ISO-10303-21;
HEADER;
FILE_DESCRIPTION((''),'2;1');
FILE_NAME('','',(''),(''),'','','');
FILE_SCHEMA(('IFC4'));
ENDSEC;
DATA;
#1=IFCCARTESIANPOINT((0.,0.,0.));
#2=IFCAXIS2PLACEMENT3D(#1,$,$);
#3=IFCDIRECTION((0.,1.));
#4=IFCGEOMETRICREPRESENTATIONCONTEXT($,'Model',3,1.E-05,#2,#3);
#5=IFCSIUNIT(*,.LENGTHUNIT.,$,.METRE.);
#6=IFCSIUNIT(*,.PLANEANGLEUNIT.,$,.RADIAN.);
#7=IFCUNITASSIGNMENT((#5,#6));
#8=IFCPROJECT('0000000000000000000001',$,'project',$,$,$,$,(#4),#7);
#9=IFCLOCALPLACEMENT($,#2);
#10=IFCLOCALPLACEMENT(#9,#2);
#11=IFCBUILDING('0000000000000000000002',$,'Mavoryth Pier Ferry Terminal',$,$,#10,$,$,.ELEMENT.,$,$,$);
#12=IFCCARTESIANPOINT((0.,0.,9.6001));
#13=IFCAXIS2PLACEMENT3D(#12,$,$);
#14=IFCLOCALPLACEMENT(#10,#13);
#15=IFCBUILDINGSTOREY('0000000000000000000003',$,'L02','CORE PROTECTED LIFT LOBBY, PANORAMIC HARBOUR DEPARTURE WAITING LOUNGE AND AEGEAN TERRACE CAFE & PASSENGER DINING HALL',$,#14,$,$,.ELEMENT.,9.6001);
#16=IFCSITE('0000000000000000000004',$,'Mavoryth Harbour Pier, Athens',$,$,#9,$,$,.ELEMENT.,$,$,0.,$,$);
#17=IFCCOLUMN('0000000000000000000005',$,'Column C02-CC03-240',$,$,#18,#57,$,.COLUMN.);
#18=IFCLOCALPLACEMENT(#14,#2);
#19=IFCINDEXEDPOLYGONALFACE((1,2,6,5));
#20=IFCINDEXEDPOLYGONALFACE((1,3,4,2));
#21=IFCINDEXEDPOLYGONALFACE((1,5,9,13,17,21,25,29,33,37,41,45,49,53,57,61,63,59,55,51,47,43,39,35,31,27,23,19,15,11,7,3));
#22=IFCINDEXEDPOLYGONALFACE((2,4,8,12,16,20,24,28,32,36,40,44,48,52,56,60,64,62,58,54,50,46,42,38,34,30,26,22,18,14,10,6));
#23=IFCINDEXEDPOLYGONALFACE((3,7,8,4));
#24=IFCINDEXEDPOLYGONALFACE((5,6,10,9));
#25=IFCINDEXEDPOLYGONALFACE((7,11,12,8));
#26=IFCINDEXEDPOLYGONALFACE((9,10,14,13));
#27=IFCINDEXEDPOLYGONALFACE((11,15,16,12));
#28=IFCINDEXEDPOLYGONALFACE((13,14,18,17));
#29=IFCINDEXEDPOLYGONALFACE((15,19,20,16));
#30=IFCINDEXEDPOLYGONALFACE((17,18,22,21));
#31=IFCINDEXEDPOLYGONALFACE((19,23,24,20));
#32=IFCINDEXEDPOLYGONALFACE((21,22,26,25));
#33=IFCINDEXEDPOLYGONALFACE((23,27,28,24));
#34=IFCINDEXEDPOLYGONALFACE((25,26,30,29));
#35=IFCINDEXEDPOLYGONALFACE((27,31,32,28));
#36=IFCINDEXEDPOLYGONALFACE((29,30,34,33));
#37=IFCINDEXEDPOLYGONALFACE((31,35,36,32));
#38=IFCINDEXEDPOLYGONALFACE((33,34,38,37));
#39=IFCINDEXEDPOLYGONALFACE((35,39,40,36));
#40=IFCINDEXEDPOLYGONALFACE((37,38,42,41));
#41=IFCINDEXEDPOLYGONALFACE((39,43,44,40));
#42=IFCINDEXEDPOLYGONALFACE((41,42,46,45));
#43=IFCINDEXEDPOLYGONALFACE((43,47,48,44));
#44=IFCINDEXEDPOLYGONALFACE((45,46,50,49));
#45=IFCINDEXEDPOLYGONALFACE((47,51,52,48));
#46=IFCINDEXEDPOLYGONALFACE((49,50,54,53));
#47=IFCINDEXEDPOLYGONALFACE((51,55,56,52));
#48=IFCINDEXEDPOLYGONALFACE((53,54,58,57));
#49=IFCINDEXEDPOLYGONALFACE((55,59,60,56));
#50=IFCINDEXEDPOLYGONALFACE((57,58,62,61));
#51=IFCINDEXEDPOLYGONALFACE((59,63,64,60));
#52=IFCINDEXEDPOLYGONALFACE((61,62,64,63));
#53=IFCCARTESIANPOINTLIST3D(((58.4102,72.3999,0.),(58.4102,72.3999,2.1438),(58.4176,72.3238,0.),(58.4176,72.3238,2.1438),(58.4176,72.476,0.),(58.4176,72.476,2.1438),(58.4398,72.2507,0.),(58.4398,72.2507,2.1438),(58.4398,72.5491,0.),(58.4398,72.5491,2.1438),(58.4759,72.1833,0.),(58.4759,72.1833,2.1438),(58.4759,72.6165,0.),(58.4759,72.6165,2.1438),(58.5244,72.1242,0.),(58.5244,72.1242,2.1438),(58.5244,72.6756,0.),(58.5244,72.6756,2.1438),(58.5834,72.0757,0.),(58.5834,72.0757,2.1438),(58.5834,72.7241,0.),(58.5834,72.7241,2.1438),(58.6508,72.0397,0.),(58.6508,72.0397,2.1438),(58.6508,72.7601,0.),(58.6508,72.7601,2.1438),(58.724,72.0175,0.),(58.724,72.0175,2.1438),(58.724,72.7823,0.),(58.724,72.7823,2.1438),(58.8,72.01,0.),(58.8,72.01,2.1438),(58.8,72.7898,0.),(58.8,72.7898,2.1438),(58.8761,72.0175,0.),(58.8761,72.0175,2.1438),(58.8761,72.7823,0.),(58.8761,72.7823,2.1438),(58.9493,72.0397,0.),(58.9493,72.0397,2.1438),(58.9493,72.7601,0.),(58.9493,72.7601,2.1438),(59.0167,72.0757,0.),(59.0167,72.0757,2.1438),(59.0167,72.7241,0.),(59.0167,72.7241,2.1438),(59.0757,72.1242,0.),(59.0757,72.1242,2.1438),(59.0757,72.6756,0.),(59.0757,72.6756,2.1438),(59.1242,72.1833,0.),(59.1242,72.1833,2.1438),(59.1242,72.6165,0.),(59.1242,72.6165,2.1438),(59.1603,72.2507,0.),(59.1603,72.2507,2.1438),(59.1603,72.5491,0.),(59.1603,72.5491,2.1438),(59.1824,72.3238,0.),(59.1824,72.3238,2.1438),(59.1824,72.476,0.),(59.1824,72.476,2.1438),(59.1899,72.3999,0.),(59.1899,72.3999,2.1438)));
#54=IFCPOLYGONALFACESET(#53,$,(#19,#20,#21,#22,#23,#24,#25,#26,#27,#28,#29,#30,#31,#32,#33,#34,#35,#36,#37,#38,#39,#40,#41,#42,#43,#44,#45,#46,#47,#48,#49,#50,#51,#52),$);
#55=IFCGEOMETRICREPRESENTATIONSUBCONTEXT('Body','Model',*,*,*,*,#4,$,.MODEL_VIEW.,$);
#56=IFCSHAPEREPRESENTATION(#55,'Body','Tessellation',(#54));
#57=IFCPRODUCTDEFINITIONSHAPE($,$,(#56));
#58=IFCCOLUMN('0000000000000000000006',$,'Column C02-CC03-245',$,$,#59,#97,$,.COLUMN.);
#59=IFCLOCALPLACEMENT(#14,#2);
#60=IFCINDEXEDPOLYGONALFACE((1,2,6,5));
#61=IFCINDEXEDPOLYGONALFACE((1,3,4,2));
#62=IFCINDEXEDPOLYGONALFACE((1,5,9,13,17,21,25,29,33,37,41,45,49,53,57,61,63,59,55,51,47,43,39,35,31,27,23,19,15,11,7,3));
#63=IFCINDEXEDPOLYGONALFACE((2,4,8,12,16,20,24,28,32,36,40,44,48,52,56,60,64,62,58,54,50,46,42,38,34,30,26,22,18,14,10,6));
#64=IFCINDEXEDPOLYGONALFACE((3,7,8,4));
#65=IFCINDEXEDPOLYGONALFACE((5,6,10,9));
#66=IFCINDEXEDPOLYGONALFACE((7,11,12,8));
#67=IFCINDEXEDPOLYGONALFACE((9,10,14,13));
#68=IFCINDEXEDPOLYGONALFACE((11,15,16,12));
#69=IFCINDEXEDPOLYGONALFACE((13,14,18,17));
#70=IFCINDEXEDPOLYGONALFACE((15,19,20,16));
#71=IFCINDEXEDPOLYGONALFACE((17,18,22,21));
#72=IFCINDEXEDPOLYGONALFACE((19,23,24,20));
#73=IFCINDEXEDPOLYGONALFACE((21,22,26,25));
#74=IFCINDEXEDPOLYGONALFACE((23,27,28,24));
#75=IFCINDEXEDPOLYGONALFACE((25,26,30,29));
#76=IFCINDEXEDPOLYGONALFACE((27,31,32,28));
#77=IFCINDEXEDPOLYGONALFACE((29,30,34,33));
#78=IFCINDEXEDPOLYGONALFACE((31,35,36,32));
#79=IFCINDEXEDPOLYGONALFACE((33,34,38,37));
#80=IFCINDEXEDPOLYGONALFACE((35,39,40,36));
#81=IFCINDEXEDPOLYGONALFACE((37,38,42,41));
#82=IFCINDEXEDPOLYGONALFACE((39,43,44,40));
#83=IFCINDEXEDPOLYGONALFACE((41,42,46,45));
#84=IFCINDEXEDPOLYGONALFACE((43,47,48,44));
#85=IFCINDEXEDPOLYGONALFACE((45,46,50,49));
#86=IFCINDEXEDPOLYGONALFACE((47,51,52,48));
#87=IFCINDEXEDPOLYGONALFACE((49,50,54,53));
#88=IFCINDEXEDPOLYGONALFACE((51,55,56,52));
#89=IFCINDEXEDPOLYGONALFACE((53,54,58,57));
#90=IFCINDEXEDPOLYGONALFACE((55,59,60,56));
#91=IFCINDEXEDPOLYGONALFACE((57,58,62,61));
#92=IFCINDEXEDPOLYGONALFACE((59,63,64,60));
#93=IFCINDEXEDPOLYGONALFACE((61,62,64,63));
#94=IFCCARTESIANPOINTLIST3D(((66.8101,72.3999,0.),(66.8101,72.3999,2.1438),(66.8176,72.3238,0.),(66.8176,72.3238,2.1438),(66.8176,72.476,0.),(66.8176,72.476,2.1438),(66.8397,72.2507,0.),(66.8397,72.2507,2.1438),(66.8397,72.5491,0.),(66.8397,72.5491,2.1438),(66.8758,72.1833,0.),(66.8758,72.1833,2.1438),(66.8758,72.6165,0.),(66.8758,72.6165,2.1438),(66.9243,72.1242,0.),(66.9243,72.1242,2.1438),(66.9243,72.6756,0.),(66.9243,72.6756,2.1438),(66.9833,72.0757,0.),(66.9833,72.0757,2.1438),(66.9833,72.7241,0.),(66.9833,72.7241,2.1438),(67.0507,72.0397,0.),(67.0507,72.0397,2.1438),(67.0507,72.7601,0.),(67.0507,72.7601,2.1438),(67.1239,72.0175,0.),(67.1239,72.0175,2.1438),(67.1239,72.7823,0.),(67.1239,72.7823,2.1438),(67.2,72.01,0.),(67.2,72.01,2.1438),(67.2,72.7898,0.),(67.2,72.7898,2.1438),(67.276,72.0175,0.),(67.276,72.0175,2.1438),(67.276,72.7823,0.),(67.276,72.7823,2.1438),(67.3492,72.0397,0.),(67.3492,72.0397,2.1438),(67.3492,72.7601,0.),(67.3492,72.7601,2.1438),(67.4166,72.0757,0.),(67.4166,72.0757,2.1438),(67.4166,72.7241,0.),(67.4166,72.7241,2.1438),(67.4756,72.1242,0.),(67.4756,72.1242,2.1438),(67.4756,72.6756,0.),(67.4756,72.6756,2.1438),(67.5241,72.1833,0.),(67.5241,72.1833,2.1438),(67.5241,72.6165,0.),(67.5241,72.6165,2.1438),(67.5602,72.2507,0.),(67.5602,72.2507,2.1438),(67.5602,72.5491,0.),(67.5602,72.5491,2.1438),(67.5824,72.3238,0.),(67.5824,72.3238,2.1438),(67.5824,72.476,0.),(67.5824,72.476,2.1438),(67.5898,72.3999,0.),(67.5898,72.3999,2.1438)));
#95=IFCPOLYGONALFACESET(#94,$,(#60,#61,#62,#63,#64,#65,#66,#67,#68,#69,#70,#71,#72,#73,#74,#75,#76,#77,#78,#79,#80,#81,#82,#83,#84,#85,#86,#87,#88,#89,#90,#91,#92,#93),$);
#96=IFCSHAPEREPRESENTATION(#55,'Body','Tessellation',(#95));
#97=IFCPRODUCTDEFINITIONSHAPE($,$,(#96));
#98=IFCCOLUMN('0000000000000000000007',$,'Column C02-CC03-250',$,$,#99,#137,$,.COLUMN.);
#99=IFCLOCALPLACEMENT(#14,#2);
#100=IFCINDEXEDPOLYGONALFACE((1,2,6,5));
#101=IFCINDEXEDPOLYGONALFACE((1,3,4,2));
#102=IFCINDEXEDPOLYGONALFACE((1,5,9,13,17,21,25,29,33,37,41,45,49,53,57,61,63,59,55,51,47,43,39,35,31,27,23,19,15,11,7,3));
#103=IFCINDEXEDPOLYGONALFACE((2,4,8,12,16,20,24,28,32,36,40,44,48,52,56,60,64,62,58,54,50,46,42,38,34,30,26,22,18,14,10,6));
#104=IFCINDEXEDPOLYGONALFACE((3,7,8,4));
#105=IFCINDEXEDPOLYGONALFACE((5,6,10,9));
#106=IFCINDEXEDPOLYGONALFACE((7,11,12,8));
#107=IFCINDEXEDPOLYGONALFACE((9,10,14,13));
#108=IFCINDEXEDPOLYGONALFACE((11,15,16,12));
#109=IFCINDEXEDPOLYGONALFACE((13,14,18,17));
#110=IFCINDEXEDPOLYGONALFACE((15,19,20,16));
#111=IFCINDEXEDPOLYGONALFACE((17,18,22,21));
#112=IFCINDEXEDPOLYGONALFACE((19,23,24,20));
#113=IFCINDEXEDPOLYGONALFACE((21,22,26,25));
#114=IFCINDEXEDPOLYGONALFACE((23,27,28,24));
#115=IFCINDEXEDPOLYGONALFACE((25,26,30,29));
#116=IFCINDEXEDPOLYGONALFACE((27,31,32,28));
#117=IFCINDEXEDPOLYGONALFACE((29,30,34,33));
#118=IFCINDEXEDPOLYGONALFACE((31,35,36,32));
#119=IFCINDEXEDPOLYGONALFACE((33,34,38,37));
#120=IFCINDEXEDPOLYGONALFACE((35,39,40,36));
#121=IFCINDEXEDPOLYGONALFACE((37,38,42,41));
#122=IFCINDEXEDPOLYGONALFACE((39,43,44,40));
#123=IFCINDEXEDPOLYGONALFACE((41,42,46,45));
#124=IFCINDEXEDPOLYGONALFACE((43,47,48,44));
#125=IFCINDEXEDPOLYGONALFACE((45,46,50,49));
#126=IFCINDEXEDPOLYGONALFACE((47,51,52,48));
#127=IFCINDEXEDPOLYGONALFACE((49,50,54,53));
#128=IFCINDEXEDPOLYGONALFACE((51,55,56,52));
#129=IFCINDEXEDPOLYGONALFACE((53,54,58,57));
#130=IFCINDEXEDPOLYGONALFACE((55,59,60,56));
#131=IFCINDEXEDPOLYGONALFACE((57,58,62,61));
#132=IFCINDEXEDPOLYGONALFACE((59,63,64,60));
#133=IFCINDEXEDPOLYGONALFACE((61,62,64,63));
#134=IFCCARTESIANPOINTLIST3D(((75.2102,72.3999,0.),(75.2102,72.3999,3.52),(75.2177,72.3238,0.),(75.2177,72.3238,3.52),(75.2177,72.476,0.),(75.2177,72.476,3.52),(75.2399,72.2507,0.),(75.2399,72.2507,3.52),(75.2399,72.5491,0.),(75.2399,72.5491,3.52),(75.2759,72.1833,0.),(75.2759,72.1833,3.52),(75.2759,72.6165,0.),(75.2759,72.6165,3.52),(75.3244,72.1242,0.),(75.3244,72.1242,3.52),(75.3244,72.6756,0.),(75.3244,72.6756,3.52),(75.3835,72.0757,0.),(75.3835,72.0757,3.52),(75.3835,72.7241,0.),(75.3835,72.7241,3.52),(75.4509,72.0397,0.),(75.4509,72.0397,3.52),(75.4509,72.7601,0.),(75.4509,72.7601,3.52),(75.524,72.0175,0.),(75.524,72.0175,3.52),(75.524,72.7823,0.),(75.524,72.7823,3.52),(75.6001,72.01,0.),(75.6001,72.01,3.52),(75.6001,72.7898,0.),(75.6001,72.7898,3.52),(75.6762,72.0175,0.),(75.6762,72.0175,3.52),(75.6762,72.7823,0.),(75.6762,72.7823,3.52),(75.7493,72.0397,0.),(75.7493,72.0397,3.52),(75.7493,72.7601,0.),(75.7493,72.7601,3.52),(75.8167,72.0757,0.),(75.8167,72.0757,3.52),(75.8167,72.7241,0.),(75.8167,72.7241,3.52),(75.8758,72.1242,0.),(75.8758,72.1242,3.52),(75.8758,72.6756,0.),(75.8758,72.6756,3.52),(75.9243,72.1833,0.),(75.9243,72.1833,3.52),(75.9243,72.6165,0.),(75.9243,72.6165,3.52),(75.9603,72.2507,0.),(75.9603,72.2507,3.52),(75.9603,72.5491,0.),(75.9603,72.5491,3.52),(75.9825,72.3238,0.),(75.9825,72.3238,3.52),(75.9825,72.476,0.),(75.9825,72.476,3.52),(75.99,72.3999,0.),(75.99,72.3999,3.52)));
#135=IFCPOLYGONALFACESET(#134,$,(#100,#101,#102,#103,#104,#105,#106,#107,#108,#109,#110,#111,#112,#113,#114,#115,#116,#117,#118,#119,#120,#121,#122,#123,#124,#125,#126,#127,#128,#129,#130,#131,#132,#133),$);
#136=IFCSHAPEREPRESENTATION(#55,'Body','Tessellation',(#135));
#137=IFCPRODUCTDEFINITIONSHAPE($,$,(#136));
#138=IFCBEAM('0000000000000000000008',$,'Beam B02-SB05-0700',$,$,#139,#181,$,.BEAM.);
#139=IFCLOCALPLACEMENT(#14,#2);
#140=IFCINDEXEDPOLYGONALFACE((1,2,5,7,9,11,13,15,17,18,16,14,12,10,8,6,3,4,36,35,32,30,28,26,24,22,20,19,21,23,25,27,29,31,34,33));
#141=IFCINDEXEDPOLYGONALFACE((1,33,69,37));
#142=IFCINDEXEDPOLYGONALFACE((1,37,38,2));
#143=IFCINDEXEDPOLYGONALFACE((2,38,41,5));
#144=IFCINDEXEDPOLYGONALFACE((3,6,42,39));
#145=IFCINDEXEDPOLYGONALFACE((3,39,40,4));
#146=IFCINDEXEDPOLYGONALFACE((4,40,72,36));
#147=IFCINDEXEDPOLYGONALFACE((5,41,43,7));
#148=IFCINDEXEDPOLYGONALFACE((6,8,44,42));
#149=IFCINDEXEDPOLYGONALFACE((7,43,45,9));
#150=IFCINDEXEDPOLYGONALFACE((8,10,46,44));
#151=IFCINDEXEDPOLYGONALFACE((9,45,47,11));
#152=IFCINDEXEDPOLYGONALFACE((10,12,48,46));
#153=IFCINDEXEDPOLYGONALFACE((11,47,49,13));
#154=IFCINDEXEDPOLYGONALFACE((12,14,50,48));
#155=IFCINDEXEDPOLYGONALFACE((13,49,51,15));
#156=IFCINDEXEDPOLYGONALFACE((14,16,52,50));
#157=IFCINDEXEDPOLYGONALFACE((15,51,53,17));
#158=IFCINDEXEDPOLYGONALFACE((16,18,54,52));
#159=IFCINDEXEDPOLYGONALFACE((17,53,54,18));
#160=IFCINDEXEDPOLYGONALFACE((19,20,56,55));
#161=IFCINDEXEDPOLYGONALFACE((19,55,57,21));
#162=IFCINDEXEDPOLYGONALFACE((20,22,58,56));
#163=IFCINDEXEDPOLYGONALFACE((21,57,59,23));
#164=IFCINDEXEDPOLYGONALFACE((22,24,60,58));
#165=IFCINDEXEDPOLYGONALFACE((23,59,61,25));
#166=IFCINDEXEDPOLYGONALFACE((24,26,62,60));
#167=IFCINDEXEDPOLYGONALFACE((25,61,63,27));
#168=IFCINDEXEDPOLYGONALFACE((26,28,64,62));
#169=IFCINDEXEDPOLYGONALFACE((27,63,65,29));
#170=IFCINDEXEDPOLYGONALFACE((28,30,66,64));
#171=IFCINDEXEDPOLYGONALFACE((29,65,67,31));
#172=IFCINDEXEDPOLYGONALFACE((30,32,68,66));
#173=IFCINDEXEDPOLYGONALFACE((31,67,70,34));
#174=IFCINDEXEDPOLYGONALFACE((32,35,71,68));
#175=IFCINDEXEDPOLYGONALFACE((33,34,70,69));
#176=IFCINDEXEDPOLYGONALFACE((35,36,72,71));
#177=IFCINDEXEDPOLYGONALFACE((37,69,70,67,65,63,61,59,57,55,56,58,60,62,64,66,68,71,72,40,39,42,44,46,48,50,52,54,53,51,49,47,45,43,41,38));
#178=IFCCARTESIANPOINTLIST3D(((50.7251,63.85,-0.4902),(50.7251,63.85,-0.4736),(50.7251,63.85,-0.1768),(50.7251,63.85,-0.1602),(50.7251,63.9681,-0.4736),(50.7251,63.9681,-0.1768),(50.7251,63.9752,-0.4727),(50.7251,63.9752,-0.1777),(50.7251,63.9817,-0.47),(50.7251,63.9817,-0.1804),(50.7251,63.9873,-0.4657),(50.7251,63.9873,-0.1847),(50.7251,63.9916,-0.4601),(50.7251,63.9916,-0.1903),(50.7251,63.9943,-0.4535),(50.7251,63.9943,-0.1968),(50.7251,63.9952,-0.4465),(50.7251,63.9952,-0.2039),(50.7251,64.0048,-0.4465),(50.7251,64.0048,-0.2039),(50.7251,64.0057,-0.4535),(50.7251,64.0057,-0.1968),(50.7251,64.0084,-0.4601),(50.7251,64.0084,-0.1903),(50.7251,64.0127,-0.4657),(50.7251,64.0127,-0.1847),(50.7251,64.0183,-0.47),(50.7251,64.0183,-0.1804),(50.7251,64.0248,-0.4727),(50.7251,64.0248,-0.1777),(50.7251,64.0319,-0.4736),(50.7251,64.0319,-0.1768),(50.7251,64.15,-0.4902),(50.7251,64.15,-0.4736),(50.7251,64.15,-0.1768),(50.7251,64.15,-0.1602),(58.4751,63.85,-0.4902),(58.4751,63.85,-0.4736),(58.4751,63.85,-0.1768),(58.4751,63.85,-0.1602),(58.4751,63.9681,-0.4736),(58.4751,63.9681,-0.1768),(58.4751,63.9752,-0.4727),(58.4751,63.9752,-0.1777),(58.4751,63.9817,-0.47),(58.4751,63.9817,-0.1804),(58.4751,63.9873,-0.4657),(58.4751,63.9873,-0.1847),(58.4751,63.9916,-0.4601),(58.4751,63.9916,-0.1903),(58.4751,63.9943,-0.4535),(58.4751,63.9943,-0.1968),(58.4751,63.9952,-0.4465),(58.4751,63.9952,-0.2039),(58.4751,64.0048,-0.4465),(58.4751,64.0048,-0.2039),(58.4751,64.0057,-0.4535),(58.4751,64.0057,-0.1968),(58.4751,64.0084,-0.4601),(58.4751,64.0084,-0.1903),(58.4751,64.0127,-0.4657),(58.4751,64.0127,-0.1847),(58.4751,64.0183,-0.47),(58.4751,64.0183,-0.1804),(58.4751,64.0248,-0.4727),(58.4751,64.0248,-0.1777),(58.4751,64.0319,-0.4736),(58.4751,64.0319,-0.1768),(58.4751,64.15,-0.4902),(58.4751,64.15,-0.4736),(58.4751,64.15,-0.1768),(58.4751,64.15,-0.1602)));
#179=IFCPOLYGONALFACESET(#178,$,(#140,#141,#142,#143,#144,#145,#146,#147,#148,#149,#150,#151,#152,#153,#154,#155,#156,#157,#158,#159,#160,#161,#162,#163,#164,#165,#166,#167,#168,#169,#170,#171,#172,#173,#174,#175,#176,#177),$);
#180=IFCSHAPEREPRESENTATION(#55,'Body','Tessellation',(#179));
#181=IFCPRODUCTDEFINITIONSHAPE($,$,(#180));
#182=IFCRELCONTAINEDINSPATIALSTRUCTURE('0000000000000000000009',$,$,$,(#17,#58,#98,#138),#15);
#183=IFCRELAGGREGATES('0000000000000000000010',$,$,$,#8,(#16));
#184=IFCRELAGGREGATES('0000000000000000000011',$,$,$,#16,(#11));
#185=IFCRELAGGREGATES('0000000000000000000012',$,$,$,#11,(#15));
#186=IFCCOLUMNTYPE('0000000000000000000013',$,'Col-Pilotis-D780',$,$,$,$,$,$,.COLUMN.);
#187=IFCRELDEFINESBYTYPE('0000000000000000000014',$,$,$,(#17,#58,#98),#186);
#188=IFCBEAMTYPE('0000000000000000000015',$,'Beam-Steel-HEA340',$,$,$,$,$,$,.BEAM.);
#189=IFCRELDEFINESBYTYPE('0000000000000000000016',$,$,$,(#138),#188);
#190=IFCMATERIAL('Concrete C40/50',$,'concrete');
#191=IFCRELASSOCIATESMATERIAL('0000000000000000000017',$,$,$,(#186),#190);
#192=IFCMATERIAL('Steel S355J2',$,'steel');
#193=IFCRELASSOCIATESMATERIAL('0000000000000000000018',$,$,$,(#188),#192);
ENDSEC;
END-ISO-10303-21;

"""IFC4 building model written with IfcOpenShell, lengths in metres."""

from ifc_helpers import new_model, si_unit, direction, frame, origin, origin_2d, place, context, subcontext, project, spatial, circle, i_section, extrude, material, material_profile, profile_set, type_object, element, save


model = new_model("IFC4")

# Units and contexts
model_context = context("Model", 3, precision=1e-05, world=origin(), true_north=direction((0.0, 1.0)))
body_context = subcontext(model_context, "Body", "Model", "MODEL_VIEW")
ifc_project = project(units=[si_unit("LENGTHUNIT", "METRE"), si_unit("PLANEANGLEUNIT", "RADIAN")], contexts=[model_context])

# Site, building, storey
site_placement = place(None, origin())
site = spatial("IfcSite", under=ifc_project, at=site_placement, Name="Mavoryth Harbour Pier, Athens", CompositionType="ELEMENT", RefElevation=0.0)
building_placement = place(site_placement, origin())
building = spatial("IfcBuilding", under=site, at=building_placement, Name="Mavoryth Pier Ferry Terminal", CompositionType="ELEMENT")
storey_placement = place(building_placement, frame((0.0, 0.0, 9.6001)))
storey = spatial("IfcBuildingStorey", under=building, at=storey_placement, Name="L02", Description="CORE PROTECTED LIFT LOBBY, PANORAMIC HARBOUR DEPARTURE WAITING LOUNGE AND AEGEAN TERRACE CAFE & PASSENGER DINING HALL", CompositionType="ELEMENT", Elevation=9.6001)

# Columns
ifc_material_1 = material(Name="Concrete C40/50", Category="concrete")
ifc_material_profile_1 = material_profile(ifc_material_1, circle(Radius=0.3899, at=origin_2d()), Name="RC D780", Category="concrete")
ifc_profile_set_1 = profile_set([ifc_material_profile_1], Name="Concrete C40/50 - RC D780")
column_type = type_object("IfcColumnType", Name="Col-Pilotis-D780", PredefinedType="COLUMN", material=ifc_profile_set_1)
for number, where, z_axis, x_axis, name in (
    (1, (58.8, 72.3999, 0.0), (0.0, 0.0, 1.0), (1.0, 0.0, 0.0), "Column C02-CC03-240"),
    (2, (67.2, 72.3999, 0.0), (0.0, 0.0, 1.0), (1.0, 0.0, 0.0), "Column C02-CC03-245"),
):
    element("IfcColumn", number, at=place(storey_placement, frame(where, z_axis=z_axis, x_axis=x_axis)), inside=storey, type_object=column_type, Name=name, PredefinedType="COLUMN", context=body_context, shape_type="SweptSolid", body=[
        extrude(circle(Radius=0.3899, at=origin_2d()), origin(), (0.0, 0.0, 1.0), 2.1438),
    ])
column_placement = place(storey_placement, frame((75.6001, 72.3999, 0.0), z_axis=(0.0, 0.0, 1.0), x_axis=(1.0, 0.0, 0.0)))
element("IfcColumn", 3, at=column_placement, inside=storey, type_object=column_type, Name="Column C02-CC03-250", PredefinedType="COLUMN", context=body_context, shape_type="SweptSolid", body=[
    extrude(circle(Radius=0.3899, at=origin_2d()), origin(), (0.0, 0.0, 1.0), 3.52),
])

# Beam
ifc_material_2 = material(Name="Steel S355J2", Category="steel")
ifc_material_profile_2 = material_profile(ifc_material_2, i_section(OverallWidth=0.3, OverallDepth=0.3301, WebThickness=0.0095, FlangeThickness=0.0166, FilletRadius=0.0271, at=origin_2d()), Name="HEA 340", Category="steel")
ifc_profile_set_2 = profile_set([ifc_material_profile_2], Name="Steel S355J2 - HEA 340")
beam_type_1 = type_object("IfcBeamType", Name="Beam-Steel-HEA340", PredefinedType="BEAM", material=ifc_profile_set_2)
beam_1_placement = place(storey_placement, frame((50.7251, 64.0, -0.3252), z_axis=(1.0, 0.0, 0.0), x_axis=(0.0, 1.0, 0.0)))
element("IfcBeam", 4, at=beam_1_placement, inside=storey, type_object=beam_type_1, Name="Beam B02-SB05-0700", PredefinedType="BEAM", context=body_context, shape_type="SweptSolid", body=[
    extrude(i_section(OverallWidth=0.3, OverallDepth=0.3301, WebThickness=0.0095, FlangeThickness=0.0166, FilletRadius=0.0271, at=origin_2d()), origin(), (0.0, 0.0, 1.0), 7.75),
])

save(model, "model.ifc")
